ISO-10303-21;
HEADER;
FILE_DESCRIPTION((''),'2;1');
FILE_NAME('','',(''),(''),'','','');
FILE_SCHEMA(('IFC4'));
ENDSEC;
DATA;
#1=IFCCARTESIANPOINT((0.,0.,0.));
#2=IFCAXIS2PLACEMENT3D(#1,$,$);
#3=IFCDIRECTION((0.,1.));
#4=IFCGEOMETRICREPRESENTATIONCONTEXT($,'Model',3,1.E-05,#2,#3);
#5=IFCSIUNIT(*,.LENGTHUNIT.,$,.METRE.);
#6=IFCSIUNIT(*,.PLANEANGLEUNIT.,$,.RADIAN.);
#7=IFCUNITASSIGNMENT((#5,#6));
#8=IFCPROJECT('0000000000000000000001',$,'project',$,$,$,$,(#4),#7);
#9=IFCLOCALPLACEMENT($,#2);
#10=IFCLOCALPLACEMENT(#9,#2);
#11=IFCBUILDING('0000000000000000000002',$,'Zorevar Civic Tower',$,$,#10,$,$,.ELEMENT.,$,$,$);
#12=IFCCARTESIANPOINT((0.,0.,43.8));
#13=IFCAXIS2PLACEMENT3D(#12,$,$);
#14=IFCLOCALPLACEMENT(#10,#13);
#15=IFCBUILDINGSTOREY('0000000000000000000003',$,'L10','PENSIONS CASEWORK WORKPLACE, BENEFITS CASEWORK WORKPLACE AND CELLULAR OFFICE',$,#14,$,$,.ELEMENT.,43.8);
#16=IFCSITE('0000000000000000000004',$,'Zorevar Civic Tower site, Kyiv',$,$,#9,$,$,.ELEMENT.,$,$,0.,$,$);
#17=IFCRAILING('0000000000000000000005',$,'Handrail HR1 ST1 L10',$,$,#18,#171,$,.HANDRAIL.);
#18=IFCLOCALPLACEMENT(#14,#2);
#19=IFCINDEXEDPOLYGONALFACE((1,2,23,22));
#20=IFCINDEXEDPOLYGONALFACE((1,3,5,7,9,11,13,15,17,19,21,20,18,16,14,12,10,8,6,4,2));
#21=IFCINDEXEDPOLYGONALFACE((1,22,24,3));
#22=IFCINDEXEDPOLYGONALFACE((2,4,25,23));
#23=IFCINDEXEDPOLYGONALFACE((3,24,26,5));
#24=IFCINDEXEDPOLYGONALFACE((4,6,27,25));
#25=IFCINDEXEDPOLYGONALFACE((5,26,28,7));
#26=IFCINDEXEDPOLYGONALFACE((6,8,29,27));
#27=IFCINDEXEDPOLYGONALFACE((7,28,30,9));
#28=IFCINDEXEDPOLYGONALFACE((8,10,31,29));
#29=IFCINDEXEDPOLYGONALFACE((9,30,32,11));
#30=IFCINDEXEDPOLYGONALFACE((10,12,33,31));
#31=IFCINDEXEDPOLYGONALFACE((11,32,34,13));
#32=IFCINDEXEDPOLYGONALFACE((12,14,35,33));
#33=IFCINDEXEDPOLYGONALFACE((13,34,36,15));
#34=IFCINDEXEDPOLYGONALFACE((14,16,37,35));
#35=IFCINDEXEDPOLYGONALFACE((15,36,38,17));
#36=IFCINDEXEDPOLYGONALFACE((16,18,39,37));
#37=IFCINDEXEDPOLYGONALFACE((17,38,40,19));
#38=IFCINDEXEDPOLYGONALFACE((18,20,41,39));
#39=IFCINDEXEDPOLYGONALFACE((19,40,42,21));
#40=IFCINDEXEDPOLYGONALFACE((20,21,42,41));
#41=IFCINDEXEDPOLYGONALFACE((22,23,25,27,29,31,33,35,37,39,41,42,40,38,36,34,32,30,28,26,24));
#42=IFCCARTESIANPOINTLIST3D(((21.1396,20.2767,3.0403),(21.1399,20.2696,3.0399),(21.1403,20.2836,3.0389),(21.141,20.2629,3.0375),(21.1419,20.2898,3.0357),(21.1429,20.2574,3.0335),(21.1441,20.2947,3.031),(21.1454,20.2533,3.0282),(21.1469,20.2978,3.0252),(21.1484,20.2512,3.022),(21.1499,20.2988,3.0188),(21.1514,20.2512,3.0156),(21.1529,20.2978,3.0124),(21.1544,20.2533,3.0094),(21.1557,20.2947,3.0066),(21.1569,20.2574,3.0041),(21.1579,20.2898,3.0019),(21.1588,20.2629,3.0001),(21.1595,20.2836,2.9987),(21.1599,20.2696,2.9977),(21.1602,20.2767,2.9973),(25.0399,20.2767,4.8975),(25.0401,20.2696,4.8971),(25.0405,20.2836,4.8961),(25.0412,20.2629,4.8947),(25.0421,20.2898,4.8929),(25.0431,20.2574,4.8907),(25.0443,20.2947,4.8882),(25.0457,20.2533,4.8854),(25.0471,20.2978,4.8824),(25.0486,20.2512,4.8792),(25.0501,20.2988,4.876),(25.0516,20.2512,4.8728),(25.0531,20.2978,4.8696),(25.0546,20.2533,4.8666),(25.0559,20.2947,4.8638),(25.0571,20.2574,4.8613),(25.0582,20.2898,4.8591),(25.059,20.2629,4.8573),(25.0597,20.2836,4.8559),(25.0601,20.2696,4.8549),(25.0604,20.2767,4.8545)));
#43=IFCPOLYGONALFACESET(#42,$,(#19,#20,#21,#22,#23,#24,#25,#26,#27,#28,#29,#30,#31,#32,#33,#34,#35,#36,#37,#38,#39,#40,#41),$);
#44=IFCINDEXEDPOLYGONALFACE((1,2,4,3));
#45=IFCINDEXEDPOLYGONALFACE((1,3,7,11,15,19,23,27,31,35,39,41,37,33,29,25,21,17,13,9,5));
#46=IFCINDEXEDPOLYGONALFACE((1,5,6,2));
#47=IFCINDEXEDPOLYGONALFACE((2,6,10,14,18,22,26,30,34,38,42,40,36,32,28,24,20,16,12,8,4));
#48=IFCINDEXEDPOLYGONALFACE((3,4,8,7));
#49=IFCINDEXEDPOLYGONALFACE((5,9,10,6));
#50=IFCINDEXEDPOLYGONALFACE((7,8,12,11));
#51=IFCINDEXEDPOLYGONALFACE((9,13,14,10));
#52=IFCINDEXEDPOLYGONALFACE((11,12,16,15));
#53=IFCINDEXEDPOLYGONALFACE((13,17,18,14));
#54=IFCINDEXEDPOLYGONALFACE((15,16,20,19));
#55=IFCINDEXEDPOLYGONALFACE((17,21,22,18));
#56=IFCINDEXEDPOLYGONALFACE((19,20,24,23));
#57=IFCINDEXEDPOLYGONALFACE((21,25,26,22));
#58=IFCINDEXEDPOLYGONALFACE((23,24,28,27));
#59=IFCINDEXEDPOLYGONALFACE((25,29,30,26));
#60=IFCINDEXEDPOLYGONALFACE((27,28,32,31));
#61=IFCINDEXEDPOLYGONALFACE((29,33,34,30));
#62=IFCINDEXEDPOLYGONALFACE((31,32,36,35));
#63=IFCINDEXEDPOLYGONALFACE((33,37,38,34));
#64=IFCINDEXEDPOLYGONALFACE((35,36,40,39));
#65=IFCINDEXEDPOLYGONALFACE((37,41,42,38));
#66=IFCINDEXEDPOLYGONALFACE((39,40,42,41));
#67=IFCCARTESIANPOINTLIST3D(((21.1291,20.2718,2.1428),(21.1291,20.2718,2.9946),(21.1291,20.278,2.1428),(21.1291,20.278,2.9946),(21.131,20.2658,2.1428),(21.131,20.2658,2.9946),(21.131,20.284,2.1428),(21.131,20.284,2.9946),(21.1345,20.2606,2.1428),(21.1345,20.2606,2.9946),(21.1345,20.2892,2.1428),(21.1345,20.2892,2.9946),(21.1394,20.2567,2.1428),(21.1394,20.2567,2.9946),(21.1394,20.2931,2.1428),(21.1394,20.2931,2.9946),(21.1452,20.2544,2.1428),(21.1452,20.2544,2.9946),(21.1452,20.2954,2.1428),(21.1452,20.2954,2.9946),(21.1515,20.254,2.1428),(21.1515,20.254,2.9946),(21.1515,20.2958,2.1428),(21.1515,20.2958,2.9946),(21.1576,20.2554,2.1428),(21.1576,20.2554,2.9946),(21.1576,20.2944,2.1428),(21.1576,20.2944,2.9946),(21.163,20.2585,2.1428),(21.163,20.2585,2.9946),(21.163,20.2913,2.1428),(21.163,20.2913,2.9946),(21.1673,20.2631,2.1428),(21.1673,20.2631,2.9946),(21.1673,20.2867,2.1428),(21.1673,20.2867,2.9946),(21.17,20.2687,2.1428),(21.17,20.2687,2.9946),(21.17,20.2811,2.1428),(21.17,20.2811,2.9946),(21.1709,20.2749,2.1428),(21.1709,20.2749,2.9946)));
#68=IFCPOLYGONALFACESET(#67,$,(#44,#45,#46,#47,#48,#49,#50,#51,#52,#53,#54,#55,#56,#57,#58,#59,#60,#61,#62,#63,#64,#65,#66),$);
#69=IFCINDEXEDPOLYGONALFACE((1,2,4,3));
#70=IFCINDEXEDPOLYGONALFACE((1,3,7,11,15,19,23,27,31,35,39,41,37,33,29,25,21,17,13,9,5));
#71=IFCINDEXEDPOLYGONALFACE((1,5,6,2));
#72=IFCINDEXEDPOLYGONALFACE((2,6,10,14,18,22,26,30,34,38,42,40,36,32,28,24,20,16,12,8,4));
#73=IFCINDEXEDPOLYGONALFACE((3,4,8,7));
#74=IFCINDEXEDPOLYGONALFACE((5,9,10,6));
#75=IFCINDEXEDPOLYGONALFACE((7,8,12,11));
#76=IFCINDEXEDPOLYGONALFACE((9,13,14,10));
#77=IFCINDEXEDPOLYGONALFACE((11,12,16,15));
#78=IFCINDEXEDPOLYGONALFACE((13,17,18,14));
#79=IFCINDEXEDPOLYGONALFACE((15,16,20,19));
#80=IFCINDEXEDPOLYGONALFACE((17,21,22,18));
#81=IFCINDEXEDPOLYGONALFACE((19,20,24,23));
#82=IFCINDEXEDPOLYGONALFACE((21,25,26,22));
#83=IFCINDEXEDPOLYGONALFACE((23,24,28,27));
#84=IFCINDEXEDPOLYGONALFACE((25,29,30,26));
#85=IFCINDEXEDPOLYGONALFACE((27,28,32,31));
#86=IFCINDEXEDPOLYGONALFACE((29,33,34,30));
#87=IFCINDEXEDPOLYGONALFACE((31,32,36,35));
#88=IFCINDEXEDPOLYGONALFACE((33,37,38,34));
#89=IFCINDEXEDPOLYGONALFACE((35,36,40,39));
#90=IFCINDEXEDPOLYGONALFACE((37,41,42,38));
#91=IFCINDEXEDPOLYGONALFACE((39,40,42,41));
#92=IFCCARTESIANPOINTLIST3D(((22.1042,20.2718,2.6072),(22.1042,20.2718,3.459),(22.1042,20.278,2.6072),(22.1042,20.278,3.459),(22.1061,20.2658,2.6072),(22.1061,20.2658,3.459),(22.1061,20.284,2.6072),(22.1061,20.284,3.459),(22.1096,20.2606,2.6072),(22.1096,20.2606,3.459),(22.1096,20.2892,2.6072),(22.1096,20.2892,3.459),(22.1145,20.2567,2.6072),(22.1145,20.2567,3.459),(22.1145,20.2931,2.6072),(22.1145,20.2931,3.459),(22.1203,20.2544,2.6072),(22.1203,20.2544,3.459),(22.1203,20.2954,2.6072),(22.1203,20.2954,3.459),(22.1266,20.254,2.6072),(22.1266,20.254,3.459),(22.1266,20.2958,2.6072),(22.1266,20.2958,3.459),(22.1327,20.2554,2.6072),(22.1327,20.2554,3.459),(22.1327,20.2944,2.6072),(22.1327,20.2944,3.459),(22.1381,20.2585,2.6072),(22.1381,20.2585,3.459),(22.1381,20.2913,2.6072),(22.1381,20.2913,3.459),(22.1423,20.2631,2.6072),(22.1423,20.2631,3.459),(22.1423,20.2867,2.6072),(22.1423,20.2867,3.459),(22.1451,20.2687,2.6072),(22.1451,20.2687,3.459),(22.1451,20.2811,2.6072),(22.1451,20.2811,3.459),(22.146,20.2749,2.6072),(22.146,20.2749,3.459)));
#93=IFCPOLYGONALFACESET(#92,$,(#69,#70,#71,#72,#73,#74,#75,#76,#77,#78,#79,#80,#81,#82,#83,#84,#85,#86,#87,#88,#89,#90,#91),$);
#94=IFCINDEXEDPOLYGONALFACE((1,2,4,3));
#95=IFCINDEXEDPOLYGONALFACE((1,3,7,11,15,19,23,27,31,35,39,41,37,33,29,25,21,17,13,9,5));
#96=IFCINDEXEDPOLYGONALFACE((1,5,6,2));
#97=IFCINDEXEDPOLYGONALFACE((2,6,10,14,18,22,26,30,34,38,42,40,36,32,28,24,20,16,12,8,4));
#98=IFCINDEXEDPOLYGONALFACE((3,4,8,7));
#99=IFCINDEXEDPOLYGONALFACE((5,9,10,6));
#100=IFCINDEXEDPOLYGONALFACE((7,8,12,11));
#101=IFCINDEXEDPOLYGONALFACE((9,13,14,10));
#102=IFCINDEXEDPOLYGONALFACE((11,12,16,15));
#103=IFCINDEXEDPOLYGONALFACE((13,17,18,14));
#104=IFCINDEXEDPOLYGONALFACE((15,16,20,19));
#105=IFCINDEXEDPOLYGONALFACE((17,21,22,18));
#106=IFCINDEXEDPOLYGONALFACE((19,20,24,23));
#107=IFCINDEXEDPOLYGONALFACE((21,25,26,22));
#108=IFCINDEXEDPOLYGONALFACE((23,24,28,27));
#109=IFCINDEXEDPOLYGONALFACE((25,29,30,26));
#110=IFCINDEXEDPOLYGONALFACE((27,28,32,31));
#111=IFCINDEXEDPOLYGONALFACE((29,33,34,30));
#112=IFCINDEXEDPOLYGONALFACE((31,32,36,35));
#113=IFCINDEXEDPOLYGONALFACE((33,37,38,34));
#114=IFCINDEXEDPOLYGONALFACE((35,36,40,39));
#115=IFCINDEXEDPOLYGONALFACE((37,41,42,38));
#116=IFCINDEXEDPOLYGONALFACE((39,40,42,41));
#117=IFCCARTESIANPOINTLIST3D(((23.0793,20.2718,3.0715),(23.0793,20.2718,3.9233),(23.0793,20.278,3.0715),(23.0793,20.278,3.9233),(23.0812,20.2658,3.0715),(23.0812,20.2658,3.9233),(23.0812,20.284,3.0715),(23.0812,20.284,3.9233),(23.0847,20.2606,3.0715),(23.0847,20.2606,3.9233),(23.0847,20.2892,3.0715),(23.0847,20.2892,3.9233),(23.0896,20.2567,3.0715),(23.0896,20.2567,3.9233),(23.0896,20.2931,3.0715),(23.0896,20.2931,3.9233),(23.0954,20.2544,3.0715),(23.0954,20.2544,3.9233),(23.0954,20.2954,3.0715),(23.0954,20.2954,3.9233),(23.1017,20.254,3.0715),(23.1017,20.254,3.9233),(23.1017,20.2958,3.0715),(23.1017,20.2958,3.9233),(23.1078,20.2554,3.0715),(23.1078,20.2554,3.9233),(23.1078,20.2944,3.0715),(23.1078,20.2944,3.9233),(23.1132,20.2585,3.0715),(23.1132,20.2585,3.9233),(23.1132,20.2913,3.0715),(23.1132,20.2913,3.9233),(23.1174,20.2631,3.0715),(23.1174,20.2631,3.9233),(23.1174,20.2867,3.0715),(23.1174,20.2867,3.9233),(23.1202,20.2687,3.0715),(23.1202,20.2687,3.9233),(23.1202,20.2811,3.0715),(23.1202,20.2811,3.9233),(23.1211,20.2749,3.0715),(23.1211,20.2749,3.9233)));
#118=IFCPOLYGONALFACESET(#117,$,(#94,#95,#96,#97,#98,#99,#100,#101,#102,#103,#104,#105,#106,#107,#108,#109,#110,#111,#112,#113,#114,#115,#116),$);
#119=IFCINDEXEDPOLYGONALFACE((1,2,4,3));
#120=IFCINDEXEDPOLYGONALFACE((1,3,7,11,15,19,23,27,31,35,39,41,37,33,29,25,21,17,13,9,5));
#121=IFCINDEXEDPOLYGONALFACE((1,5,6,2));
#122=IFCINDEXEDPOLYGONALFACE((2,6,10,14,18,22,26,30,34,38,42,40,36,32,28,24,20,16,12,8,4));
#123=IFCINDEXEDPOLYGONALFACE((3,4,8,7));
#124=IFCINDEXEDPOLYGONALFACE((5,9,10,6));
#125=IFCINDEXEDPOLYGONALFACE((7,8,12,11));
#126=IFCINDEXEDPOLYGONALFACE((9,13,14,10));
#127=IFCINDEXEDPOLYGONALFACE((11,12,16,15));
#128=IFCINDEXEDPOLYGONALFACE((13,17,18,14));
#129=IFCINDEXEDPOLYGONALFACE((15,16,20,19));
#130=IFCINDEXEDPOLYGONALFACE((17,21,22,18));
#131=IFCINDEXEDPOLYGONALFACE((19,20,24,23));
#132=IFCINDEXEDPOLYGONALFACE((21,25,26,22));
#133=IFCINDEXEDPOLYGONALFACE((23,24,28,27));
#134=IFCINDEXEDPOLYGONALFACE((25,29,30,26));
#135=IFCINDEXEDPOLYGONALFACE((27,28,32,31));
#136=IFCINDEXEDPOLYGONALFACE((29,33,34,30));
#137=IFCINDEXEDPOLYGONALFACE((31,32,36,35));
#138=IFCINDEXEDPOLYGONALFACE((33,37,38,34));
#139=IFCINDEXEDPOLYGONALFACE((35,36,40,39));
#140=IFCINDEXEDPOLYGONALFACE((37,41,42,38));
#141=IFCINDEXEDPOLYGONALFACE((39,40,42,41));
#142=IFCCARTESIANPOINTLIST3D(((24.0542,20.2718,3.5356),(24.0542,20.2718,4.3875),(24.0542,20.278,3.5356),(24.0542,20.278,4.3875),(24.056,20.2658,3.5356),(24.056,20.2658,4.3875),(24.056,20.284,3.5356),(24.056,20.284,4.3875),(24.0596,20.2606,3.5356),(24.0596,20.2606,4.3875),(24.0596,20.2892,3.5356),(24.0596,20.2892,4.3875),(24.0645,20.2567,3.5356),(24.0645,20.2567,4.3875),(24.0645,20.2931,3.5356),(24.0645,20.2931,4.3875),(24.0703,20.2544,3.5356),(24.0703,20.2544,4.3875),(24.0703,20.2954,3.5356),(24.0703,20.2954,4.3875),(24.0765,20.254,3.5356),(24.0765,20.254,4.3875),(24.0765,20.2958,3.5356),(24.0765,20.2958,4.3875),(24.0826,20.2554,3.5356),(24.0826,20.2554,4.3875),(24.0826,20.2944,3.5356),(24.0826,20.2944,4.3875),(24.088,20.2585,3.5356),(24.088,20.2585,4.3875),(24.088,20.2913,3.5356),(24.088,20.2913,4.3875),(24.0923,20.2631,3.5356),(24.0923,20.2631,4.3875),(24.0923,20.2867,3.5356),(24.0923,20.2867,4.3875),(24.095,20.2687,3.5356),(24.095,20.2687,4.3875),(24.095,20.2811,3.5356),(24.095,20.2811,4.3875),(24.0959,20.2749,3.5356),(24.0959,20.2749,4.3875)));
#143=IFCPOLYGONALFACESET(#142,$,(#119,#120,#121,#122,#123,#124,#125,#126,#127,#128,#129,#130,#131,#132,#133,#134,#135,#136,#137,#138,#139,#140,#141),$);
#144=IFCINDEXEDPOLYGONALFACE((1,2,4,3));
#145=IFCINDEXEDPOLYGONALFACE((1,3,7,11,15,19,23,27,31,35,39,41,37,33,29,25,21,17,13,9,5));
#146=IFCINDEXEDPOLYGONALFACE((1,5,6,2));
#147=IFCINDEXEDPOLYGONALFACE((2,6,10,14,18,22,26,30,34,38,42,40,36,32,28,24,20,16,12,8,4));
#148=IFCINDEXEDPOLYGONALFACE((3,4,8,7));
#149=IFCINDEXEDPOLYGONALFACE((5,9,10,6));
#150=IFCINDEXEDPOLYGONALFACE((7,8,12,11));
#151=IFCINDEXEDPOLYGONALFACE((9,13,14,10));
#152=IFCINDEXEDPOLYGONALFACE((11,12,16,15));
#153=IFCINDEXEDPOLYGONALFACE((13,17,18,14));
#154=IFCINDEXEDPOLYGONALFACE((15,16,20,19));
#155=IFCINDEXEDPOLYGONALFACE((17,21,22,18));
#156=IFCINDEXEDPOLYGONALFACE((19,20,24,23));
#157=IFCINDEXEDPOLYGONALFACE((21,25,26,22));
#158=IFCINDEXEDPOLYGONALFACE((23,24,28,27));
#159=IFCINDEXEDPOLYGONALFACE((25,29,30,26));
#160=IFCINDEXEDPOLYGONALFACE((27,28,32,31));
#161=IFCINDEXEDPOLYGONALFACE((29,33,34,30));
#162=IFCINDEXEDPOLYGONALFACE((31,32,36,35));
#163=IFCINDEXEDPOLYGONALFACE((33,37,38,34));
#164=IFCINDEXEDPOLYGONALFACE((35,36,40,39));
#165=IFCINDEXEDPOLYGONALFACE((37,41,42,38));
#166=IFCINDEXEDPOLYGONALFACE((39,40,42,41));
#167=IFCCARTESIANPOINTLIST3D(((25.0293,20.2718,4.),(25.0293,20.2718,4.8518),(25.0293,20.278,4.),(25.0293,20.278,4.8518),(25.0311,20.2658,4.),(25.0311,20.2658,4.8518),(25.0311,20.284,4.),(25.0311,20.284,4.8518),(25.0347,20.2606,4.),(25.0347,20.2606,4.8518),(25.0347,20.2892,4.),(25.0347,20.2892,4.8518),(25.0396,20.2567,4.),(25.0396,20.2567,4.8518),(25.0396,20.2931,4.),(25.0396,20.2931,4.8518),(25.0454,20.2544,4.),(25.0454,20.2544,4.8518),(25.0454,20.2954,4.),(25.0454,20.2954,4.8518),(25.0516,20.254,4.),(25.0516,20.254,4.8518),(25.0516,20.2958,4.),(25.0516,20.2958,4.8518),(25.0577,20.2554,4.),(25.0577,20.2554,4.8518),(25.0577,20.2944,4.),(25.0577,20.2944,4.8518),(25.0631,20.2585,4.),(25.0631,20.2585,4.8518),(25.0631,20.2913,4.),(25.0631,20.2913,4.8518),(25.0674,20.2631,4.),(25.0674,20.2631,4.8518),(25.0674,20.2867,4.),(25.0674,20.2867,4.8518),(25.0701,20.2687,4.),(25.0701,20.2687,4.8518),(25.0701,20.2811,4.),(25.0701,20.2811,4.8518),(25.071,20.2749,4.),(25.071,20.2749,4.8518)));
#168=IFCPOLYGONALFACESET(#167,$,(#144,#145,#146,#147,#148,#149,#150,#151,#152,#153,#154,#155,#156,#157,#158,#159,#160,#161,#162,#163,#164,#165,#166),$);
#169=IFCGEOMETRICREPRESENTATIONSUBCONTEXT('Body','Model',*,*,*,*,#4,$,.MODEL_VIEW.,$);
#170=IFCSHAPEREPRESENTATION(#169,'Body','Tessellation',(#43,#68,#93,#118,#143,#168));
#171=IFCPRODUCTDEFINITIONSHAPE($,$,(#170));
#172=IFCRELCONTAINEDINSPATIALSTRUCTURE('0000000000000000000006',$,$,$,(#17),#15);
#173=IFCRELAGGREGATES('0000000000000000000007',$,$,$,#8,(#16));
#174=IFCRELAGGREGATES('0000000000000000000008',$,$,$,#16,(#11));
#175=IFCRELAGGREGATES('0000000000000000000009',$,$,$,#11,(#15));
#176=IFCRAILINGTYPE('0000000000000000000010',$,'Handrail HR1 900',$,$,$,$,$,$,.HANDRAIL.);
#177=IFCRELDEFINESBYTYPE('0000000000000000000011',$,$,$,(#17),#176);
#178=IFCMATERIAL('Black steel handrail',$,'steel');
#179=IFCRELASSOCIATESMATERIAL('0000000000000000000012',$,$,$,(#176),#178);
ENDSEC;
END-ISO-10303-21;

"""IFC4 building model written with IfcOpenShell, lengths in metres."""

from ifc_helpers import new_model, si_unit, direction, frame, origin, origin_2d, place, context, subcontext, project, spatial, circle, extrude, material, type_object, element, save


model = new_model("IFC4")

# Units and contexts
model_context = context("Model", 3, precision=1e-05, world=origin(), true_north=direction((0.0, 1.0)))
body_context = subcontext(model_context, "Body", "Model", "MODEL_VIEW")
ifc_project = project(units=[si_unit("LENGTHUNIT", "METRE"), si_unit("PLANEANGLEUNIT", "RADIAN")], contexts=[model_context])

# Site, building, storey
site_placement = place(None, origin())
site = spatial("IfcSite", under=ifc_project, at=site_placement, Name="Zorevar Civic Tower site, Kyiv", CompositionType="ELEMENT", RefElevation=0.0)
building_placement = place(site_placement, origin())
building = spatial("IfcBuilding", under=site, at=building_placement, Name="Zorevar Civic Tower", CompositionType="ELEMENT")
storey_placement = place(building_placement, frame((0.0, 0.0, 43.8)))
storey = spatial("IfcBuildingStorey", under=building, at=storey_placement, Name="L10", Description="PENSIONS CASEWORK WORKPLACE, BENEFITS CASEWORK WORKPLACE AND CELLULAR OFFICE", CompositionType="ELEMENT", Elevation=43.8)

# Railing
ifc_material_1 = material(Name="Black steel handrail", Category="steel")
railing_type = type_object("IfcRailingType", Name="Handrail HR1 900", PredefinedType="HANDRAIL", material=ifc_material_1)
railing_1_placement = place(storey_placement, frame((21.1499, 20.2749, 2.1428)))
element("IfcRailing", 1, at=railing_1_placement, inside=storey, type_object=railing_type, Name="Handrail HR1 ST1 L10", PredefinedType="HANDRAIL", context=body_context, shape_type="SweptSolid", body=[
    extrude(circle(Radius=0.0239, at=origin_2d()), frame((0.0, 0.0, 0.876), z_axis=(0.902864, 0.0, 0.429927), x_axis=(0.0, 1.0, 0.0)), (0.0, 0.0, 1.0), 4.3198),
    extrude(circle(Radius=0.021, at=origin_2d()), origin(), (0.0, 0.0, 1.0), 0.8518),
    extrude(circle(Radius=0.021, at=origin_2d()), frame((0.9751, 0.0, 0.4644)), (0.0, 0.0, 1.0), 0.8518),
    extrude(circle(Radius=0.021, at=origin_2d()), frame((1.9502, 0.0, 0.9287)), (0.0, 0.0, 1.0), 0.8518),
    extrude(circle(Radius=0.021, at=origin_2d()), frame((2.925, 0.0, 1.3928)), (0.0, 0.0, 1.0), 0.8518),
    extrude(circle(Radius=0.021, at=origin_2d()), frame((3.9001, 0.0, 1.8572)), (0.0, 0.0, 1.0), 0.8518),
])

save(model, "model.ifc")
